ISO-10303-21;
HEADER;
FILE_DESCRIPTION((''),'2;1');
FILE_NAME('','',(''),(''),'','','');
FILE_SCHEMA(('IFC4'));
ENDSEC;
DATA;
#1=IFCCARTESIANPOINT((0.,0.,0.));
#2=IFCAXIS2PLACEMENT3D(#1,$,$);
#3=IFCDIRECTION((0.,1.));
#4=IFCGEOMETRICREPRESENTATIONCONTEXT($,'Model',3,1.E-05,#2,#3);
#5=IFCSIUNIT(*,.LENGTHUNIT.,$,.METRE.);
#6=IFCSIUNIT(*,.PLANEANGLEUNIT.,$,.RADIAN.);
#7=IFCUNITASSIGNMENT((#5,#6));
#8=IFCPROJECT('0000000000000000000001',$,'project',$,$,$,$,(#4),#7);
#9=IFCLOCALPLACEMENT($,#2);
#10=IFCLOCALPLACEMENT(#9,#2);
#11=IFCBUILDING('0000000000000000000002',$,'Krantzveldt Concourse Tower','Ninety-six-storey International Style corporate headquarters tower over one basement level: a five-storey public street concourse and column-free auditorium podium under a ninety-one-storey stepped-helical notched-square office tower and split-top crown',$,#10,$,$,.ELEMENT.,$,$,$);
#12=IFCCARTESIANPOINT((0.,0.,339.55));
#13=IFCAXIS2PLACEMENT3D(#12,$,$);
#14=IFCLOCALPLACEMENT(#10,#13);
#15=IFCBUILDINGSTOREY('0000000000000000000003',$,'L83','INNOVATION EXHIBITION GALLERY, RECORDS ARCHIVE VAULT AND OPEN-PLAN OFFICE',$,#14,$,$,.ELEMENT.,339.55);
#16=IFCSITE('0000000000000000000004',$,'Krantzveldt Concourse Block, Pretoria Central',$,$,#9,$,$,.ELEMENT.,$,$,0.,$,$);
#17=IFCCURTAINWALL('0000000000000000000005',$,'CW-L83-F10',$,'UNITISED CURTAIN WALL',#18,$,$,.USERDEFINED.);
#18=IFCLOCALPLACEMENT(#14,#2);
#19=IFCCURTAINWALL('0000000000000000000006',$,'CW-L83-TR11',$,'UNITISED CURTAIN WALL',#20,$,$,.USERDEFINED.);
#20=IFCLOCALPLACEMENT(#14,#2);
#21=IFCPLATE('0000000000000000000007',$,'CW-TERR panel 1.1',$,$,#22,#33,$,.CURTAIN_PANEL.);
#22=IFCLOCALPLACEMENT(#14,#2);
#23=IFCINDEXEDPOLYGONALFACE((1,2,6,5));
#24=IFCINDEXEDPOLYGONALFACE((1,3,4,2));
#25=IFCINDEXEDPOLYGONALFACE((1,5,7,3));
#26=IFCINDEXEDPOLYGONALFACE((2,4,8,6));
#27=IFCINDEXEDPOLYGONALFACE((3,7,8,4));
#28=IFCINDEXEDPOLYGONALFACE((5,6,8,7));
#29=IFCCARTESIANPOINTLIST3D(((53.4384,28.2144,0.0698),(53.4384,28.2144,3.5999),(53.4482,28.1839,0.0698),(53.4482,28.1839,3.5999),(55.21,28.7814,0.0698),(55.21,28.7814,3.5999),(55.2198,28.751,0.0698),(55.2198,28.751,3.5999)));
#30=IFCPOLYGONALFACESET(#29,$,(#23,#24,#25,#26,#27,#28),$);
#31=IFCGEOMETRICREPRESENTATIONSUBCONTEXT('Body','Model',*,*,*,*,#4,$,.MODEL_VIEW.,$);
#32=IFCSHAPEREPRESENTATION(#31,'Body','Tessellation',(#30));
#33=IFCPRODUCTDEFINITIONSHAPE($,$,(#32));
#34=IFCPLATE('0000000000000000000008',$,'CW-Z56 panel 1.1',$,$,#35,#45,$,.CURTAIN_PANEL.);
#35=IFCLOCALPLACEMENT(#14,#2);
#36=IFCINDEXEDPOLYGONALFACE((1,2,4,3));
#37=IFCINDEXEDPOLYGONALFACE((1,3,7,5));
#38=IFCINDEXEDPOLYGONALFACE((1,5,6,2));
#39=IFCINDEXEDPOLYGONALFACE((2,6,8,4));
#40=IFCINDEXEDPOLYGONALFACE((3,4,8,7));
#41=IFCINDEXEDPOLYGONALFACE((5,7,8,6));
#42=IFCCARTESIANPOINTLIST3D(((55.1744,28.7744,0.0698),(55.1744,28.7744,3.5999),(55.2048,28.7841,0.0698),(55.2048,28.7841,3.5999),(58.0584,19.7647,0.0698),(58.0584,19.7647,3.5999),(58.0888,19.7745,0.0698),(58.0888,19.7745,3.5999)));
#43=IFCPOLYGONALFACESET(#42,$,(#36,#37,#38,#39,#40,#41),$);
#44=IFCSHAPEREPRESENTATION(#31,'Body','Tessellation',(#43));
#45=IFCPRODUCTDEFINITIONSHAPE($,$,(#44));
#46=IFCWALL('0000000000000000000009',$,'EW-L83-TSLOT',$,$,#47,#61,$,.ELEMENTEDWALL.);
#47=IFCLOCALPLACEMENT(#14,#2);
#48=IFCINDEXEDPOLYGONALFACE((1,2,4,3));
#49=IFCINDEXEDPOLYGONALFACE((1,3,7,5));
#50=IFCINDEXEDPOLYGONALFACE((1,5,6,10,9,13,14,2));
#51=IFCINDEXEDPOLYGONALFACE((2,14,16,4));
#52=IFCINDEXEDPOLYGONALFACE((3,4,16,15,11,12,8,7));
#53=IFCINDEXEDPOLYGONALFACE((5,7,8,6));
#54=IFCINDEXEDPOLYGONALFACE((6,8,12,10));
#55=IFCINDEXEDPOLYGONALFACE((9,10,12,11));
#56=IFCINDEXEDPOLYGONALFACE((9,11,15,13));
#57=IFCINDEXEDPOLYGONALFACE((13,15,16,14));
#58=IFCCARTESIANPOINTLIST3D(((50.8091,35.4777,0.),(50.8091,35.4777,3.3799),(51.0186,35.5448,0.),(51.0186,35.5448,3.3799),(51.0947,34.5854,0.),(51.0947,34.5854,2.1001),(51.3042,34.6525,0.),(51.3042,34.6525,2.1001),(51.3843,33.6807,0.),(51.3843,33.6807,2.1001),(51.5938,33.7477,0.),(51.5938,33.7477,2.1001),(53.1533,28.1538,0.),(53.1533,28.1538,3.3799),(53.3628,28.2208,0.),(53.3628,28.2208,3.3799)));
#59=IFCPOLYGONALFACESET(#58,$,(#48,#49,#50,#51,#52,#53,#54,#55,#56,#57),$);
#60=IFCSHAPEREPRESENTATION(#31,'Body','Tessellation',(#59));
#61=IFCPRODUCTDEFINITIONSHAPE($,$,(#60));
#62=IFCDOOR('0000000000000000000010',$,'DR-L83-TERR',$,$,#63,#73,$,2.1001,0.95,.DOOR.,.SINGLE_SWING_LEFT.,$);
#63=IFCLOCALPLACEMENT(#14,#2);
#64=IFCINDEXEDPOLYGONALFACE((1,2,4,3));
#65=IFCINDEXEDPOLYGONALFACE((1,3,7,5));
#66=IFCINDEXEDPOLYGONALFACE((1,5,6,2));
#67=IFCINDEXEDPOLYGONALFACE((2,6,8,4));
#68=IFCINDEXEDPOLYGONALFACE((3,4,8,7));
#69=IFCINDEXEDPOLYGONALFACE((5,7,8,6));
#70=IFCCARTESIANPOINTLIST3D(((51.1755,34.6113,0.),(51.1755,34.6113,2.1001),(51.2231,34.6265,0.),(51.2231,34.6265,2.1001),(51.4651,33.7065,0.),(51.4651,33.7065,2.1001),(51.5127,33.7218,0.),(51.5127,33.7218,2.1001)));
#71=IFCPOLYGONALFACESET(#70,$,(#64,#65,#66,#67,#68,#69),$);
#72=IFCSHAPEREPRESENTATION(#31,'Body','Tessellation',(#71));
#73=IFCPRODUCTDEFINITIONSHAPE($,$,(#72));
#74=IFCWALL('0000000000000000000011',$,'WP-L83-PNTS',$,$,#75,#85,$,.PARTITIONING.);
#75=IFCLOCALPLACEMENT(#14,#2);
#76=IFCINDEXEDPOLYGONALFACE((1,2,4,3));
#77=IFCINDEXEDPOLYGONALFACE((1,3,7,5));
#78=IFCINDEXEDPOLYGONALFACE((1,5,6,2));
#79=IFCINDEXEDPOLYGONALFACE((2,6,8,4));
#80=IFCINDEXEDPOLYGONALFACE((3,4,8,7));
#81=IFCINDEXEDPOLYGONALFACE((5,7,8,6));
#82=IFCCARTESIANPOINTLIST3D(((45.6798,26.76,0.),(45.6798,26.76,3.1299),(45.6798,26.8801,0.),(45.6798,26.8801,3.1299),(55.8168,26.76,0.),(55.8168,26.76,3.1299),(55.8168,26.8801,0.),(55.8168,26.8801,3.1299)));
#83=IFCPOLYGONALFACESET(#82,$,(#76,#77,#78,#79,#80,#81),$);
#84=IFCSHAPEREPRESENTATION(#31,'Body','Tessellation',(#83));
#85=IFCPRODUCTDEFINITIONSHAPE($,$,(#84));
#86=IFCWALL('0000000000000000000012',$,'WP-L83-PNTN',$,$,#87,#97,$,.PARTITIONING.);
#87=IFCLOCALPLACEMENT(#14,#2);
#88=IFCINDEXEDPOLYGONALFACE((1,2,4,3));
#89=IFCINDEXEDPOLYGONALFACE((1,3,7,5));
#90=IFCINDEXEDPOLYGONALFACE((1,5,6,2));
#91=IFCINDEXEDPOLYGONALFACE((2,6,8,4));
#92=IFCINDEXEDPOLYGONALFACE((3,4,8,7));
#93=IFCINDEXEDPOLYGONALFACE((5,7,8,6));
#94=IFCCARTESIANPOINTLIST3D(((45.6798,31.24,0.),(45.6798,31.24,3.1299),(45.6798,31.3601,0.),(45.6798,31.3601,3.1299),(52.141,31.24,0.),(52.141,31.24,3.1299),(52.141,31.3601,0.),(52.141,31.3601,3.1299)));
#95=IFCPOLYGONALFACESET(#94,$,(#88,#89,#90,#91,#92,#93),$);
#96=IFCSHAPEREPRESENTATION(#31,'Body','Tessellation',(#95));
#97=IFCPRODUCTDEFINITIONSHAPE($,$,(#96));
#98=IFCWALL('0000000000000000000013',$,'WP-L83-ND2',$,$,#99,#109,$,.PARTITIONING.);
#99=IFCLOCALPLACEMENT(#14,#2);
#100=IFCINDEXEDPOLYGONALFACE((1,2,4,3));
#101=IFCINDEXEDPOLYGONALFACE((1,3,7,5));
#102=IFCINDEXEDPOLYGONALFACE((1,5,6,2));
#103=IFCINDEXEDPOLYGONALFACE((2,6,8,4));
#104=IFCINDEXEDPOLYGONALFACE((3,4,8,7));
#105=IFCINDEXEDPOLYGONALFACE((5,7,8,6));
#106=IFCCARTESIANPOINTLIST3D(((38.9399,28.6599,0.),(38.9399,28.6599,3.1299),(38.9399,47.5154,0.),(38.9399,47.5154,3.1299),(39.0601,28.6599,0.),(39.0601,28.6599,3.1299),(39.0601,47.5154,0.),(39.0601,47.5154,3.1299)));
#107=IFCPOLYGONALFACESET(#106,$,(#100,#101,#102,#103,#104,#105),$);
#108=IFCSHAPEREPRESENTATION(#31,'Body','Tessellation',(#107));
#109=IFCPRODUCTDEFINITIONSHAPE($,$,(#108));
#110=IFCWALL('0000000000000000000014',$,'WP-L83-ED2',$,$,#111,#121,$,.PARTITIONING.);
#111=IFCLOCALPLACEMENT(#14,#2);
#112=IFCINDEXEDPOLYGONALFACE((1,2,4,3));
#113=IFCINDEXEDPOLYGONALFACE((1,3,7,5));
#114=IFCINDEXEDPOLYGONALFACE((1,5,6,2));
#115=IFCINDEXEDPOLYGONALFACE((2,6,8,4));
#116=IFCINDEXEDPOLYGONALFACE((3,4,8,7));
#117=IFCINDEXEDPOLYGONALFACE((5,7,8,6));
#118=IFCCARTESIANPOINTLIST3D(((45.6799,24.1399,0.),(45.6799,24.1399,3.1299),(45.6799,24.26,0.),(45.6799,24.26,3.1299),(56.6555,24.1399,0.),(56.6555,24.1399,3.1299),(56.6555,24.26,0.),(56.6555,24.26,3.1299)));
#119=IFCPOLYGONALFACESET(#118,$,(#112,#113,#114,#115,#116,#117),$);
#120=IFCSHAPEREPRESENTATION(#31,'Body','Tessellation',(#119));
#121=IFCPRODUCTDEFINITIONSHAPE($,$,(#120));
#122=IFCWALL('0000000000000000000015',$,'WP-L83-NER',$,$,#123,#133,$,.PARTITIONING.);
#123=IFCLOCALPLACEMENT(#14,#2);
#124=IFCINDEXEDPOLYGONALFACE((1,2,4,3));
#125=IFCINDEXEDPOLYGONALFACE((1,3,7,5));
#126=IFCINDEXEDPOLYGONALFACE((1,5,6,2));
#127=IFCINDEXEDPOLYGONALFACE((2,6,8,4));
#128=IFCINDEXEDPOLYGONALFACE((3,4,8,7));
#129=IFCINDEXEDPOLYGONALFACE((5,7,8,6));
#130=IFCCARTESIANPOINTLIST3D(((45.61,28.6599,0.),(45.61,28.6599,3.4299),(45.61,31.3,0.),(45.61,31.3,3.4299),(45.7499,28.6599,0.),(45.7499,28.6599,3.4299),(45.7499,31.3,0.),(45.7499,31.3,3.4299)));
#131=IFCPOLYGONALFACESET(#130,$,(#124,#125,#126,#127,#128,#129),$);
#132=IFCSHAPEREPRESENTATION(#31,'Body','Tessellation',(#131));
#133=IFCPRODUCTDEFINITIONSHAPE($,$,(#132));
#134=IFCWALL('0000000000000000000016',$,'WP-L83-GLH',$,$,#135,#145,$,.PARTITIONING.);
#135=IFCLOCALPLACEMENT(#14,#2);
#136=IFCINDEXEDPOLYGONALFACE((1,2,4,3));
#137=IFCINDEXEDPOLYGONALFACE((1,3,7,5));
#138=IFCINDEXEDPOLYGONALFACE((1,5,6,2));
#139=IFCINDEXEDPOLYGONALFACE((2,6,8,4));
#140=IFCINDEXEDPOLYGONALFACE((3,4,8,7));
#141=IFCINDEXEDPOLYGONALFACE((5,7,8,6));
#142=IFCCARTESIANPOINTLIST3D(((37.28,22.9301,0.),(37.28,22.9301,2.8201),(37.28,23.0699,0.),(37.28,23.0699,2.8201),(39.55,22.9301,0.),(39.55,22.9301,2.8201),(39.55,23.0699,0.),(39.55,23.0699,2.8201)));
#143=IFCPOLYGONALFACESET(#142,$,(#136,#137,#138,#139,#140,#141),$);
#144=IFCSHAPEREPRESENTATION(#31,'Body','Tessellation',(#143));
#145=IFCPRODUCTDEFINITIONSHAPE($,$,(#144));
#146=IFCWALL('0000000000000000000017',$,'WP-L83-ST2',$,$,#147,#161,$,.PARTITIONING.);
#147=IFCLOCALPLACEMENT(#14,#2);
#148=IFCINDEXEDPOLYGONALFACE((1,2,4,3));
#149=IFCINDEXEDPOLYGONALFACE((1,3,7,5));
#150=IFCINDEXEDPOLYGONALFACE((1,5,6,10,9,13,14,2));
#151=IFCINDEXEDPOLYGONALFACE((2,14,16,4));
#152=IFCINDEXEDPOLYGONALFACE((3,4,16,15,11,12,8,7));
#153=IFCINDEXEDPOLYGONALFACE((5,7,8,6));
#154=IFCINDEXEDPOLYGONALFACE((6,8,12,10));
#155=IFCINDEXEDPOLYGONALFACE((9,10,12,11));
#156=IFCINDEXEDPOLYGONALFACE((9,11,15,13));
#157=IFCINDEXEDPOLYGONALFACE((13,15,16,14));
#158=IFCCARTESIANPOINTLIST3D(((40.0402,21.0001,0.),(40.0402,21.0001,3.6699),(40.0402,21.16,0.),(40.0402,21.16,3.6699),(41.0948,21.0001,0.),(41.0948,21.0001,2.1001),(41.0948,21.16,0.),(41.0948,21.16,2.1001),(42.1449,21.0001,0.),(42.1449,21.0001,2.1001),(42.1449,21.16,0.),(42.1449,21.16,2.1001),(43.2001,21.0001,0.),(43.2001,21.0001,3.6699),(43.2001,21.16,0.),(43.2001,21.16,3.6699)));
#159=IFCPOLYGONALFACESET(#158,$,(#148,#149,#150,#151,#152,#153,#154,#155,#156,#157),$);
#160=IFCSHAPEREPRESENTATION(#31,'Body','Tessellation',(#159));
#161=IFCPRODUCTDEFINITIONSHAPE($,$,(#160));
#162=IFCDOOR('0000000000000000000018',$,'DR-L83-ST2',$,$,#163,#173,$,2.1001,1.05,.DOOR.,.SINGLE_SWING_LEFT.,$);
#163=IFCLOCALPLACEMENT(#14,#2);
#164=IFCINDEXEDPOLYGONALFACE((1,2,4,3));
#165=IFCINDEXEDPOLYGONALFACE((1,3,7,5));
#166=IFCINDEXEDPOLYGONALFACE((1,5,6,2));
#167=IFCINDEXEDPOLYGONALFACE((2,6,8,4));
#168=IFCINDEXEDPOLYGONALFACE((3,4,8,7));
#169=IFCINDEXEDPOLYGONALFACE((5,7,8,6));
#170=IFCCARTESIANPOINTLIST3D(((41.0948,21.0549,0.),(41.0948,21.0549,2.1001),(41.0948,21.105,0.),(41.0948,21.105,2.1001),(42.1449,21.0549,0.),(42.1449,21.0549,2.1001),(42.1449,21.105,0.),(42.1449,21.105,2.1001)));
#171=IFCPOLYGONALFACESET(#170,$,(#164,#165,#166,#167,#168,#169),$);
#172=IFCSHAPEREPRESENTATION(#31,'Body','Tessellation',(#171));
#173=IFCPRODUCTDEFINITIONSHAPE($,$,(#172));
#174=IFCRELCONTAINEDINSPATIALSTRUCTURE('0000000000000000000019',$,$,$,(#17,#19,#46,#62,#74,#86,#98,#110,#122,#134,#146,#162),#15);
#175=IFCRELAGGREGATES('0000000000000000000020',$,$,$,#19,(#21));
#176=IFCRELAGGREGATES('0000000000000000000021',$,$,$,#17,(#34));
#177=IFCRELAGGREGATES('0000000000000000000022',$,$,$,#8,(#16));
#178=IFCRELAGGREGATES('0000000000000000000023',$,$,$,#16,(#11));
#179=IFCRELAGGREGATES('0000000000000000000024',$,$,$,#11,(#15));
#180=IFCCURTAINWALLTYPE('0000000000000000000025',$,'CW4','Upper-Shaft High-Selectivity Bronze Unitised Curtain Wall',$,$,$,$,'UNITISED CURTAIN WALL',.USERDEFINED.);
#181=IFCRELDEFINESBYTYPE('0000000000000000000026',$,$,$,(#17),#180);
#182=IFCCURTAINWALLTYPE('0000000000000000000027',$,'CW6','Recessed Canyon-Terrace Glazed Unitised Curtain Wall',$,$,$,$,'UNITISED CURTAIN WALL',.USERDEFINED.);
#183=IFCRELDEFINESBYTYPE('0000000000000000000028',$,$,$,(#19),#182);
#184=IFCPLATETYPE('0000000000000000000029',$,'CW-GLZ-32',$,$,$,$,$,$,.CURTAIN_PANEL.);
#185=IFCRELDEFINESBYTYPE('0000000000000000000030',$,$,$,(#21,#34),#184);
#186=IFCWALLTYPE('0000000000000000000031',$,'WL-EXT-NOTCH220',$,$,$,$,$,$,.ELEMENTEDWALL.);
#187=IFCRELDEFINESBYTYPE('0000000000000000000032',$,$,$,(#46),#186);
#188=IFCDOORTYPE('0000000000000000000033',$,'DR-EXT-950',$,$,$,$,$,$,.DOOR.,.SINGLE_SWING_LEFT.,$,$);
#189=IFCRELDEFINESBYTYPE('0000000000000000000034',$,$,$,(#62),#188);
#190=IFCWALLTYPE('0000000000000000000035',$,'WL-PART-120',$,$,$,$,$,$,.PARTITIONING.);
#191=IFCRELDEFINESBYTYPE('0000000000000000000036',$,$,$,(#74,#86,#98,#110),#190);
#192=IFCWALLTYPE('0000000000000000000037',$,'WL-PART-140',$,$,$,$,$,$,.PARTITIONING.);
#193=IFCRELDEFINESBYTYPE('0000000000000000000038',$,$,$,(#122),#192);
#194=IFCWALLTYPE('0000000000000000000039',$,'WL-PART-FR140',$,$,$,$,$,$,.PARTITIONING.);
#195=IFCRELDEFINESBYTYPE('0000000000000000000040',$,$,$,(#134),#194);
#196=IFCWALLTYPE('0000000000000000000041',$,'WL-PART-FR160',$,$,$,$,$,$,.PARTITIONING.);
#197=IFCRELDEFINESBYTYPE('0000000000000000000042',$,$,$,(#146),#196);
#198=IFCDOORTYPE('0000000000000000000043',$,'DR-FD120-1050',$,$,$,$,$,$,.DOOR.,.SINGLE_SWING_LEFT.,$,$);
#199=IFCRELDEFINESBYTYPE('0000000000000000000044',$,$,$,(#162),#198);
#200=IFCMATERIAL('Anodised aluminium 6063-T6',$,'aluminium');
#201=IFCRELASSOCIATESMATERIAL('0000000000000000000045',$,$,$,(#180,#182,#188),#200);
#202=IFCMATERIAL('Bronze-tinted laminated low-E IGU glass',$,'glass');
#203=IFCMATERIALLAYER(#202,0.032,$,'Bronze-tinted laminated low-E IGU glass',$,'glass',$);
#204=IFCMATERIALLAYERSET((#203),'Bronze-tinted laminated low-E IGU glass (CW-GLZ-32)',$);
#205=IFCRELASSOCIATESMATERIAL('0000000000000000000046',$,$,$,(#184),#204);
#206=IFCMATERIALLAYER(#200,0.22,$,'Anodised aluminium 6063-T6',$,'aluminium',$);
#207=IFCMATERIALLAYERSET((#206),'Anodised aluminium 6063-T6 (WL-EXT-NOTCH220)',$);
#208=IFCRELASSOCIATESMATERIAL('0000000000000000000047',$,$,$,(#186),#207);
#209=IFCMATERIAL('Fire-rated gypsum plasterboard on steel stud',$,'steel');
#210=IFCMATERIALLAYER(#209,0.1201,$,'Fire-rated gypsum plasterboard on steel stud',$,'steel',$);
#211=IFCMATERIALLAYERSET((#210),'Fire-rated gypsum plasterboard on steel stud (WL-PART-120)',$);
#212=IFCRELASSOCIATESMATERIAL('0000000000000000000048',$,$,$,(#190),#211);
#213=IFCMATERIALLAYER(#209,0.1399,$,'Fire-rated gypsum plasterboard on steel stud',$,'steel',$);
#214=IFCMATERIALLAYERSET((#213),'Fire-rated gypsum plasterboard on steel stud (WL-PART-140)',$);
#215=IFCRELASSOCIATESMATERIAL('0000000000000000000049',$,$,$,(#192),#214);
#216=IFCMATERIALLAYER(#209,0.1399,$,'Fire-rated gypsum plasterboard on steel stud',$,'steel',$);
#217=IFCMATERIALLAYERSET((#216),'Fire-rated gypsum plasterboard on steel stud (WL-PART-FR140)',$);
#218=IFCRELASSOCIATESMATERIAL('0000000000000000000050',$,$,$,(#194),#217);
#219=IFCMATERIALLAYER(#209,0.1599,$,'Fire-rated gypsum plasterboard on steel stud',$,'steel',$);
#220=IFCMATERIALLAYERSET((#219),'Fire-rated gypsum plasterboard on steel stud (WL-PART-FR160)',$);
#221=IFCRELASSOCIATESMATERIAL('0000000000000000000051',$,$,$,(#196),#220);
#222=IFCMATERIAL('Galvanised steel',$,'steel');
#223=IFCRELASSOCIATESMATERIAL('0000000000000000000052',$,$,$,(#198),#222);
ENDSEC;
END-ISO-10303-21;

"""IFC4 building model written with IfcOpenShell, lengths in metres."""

from ifc_helpers import new_model, si_unit, direction, frame, frame_2d, origin, origin_2d, place, context, subcontext, project, spatial, rectangle, extrude, source, transform, mapped, material, layer, layer_set, type_object, type_shapes, element, fill, aggregate, save


model = new_model("IFC4")

# Units and contexts
model_context = context("Model", 3, precision=1e-05, world=origin(), true_north=direction((0.0, 1.0)))
body_context = subcontext(model_context, "Body", "Model", "MODEL_VIEW")
ifc_project = project(units=[si_unit("LENGTHUNIT", "METRE"), si_unit("PLANEANGLEUNIT", "RADIAN")], contexts=[model_context])

# Site, building, storey
site_placement = place(None, origin())
site = spatial("IfcSite", under=ifc_project, at=site_placement, Name="Krantzveldt Concourse Block, Pretoria Central", CompositionType="ELEMENT", RefElevation=0.0)
building_placement = place(site_placement, origin())
building = spatial("IfcBuilding", under=site, at=building_placement, Name="Krantzveldt Concourse Tower", Description="Ninety-six-storey International Style corporate headquarters tower over one basement level: a five-storey public street concourse and column-free auditorium podium under a ninety-one-storey stepped-helical notched-square office tower and split-top crown", CompositionType="ELEMENT")
storey_placement = place(building_placement, frame((0.0, 0.0, 339.55)))
storey = spatial("IfcBuildingStorey", under=building, at=storey_placement, Name="L83", Description="INNOVATION EXHIBITION GALLERY, RECORDS ARCHIVE VAULT AND OPEN-PLAN OFFICE", CompositionType="ELEMENT", Elevation=339.55)

# Curtain wall
ifc_material_1 = material(Name="Anodised aluminium 6063-T6", Category="aluminium")
curtain_wall_type_1 = type_object("IfcCurtainWallType", Name="CW4", Description="Upper-Shaft High-Selectivity Bronze Unitised Curtain Wall", ElementType="UNITISED CURTAIN WALL", PredefinedType="USERDEFINED", material=ifc_material_1)
curtain_wall_1_placement = place(storey_placement, origin())
curtain_wall_1 = element("IfcCurtainWall", 1, at=curtain_wall_1_placement, inside=storey, type_object=curtain_wall_type_1, Name="CW-L83-F10", ObjectType="UNITISED CURTAIN WALL", PredefinedType="USERDEFINED")

# Curtain wall
curtain_wall_type_2 = type_object("IfcCurtainWallType", Name="CW6", Description="Recessed Canyon-Terrace Glazed Unitised Curtain Wall", ElementType="UNITISED CURTAIN WALL", PredefinedType="USERDEFINED", material=ifc_material_1)
curtain_wall_2_placement = place(storey_placement, origin())
curtain_wall_2 = element("IfcCurtainWall", 2, at=curtain_wall_2_placement, inside=storey, type_object=curtain_wall_type_2, Name="CW-L83-TR11", ObjectType="UNITISED CURTAIN WALL", PredefinedType="USERDEFINED")

# Plates
ifc_material_2 = material(Name="Bronze-tinted laminated low-E IGU glass", Category="glass")
ifc_layer_1 = layer(ifc_material_2, 0.032, Name="Bronze-tinted laminated low-E IGU glass", Category="glass")
ifc_layer_set_1 = layer_set([ifc_layer_1], Name="Bronze-tinted laminated low-E IGU glass (CW-GLZ-32)")
plate_type = type_object("IfcPlateType", Name="CW-GLZ-32", PredefinedType="CURTAIN_PANEL", material=ifc_layer_set_1)
shared_shape_1 = source(origin(), body_context, "Body", "SweptSolid", [
    extrude(rectangle(XDim=1.8601, YDim=0.032, at=origin_2d()), origin(), (0.0, 0.0, 1.0), 3.53),
])
plate_1_placement = place(storey_placement, frame((54.3291, 28.4827, 0.0698), z_axis=(0.0, 0.0, 1.0), x_axis=(-0.952396, -0.304865, 0.0)))
plate_1 = element("IfcPlate", 3, at=plate_1_placement, type_object=plate_type, Name="CW-TERR panel 1.1", PredefinedType="CURTAIN_PANEL", context=body_context, shape_type="MappedRepresentation", body=[
    mapped(shared_shape_1, transform((0.0, 0.0, 0.0), x_axis=(1.0, 0.0, 0.0), y_axis=(0.0, 1.0, 0.0), z_axis=(0.0, 0.0, 1.0), scale=1.0)),
])
aggregate(curtain_wall_2, [plate_1])
shared_shape_2 = source(origin(), body_context, "Body", "SweptSolid", [
    extrude(rectangle(XDim=9.46, YDim=0.032, at=origin_2d()), origin(), (0.0, 0.0, 1.0), 3.53),
])
type_shapes(plate_type, [shared_shape_1, shared_shape_2])
plate_2_placement = place(storey_placement, frame((56.6316, 24.2744, 0.0698), z_axis=(0.0, 0.0, 1.0), x_axis=(-0.304865, 0.952396, 0.0)))
plate_2 = element("IfcPlate", 4, at=plate_2_placement, type_object=plate_type, Name="CW-Z56 panel 1.1", PredefinedType="CURTAIN_PANEL", context=body_context, shape_type="MappedRepresentation", body=[
    mapped(shared_shape_2, transform((0.0, 0.0, 0.0), x_axis=(1.0, 0.0, 0.0), y_axis=(0.0, 1.0, 0.0), z_axis=(0.0, 0.0, 1.0), scale=1.0)),
])
aggregate(curtain_wall_1, [plate_2])

# Wall, opening, door
ifc_layer_2 = layer(ifc_material_1, 0.22, Name="Anodised aluminium 6063-T6", Category="aluminium")
ifc_layer_set_2 = layer_set([ifc_layer_2], Name="Anodised aluminium 6063-T6 (WL-EXT-NOTCH220)")
wall_type_1 = type_object("IfcWallType", Name="WL-EXT-NOTCH220", PredefinedType="ELEMENTEDWALL", material=ifc_layer_set_2)
wall_1_placement = place(storey_placement, frame((50.9138, 35.5112, 0.0), z_axis=(0.0, 0.0, 1.0), x_axis=(0.304843, -0.952403, 0.0)))
wall_1 = element("IfcWall", 5, at=wall_1_placement, inside=storey, type_object=wall_type_1, Name="EW-L83-TSLOT", PredefinedType="ELEMENTEDWALL", context=body_context, shape_type="SweptSolid", body=[
    extrude(rectangle(XDim=7.6899, YDim=0.22, at=frame_2d((3.845, 0.0))), origin(), (0.0, 0.0, 1.0), 3.3799),
])
opening_1_placement = place(wall_1_placement, frame((0.9368, 0.0, 0.0)))
opening_1 = element("IfcOpeningElement", 6, at=opening_1_placement, cuts=wall_1, PredefinedType="OPENING", context=body_context, shape_type="SweptSolid", body=[
    extrude(rectangle(XDim=0.95, YDim=2.1001, at=frame_2d((0.4751, 1.05))), frame((0.0, 0.1201, 0.0), z_axis=(0.0, -1.0, 0.0), x_axis=(1.0, 0.0, 0.0)), (0.0, 0.0, 1.0), 0.24),
])
door_type_1 = type_object("IfcDoorType", Name="DR-EXT-950", OperationType="SINGLE_SWING_LEFT", PredefinedType="DOOR", material=ifc_material_1)
door_1_placement = place(opening_1_placement, origin())
door_1 = element("IfcDoor", 7, at=door_1_placement, inside=storey, type_object=door_type_1, Name="DR-L83-TERR", OperationType="SINGLE_SWING_LEFT", OverallHeight=2.1001, OverallWidth=0.95, PredefinedType="DOOR", context=body_context, shape_type="SweptSolid", body=[
    extrude(rectangle(XDim=0.95, YDim=2.1001, at=frame_2d((0.4751, 1.05))), frame((0.0, 0.0249, 0.0), z_axis=(0.0, -1.0, 0.0), x_axis=(1.0, 0.0, 0.0)), (0.0, 0.0, 1.0), 0.05),
])
fill(opening_1, door_1)

# Walls
ifc_material_3 = material(Name="Fire-rated gypsum plasterboard on steel stud", Category="steel")
ifc_layer_3 = layer(ifc_material_3, 0.1201, Name="Fire-rated gypsum plasterboard on steel stud", Category="steel")
ifc_layer_set_3 = layer_set([ifc_layer_3], Name="Fire-rated gypsum plasterboard on steel stud (WL-PART-120)")
wall_type_2 = type_object("IfcWallType", Name="WL-PART-120", PredefinedType="PARTITIONING", material=ifc_layer_set_3)
wall_2_placement = place(storey_placement, frame((45.6799, 26.8201, 0.0), z_axis=(0.0, 0.0, 1.0), x_axis=(1.0, 0.0, 0.0)))
element("IfcWall", 8, at=wall_2_placement, inside=storey, type_object=wall_type_2, Name="WP-L83-PNTS", PredefinedType="PARTITIONING", context=body_context, shape_type="SweptSolid", body=[
    extrude(rectangle(XDim=10.137, YDim=0.1201, at=frame_2d((5.0684, 0.0))), origin(), (0.0, 0.0, 1.0), 3.1299),
])
wall_3_placement = place(storey_placement, frame((45.6799, 31.3, 0.0), z_axis=(0.0, 0.0, 1.0), x_axis=(1.0, 0.0, 0.0)))
element("IfcWall", 9, at=wall_3_placement, inside=storey, type_object=wall_type_2, Name="WP-L83-PNTN", PredefinedType="PARTITIONING", context=body_context, shape_type="SweptSolid", body=[
    extrude(rectangle(XDim=6.4612, YDim=0.1201, at=frame_2d((3.2305, 0.0))), origin(), (0.0, 0.0, 1.0), 3.1299),
])
wall_4_placement = place(storey_placement, frame((39.0, 28.6599, 0.0), z_axis=(0.0, 0.0, 1.0), x_axis=(0.0, 1.0, 0.0)))
element("IfcWall", 10, at=wall_4_placement, inside=storey, type_object=wall_type_2, Name="WP-L83-ND2", PredefinedType="PARTITIONING", context=body_context, shape_type="SweptSolid", body=[
    extrude(rectangle(XDim=18.8555, YDim=0.1201, at=frame_2d((9.4277, 0.0))), origin(), (0.0, 0.0, 1.0), 3.1299),
])
wall_5_placement = place(storey_placement, frame((45.6799, 24.2, 0.0), z_axis=(0.0, 0.0, 1.0), x_axis=(1.0, 0.0, 0.0)))
element("IfcWall", 11, at=wall_5_placement, inside=storey, type_object=wall_type_2, Name="WP-L83-ED2", PredefinedType="PARTITIONING", context=body_context, shape_type="SweptSolid", body=[
    extrude(rectangle(XDim=10.9756, YDim=0.1201, at=frame_2d((5.4878, 0.0))), origin(), (0.0, 0.0, 1.0), 3.1299),
])
ifc_layer_4 = layer(ifc_material_3, 0.1399, Name="Fire-rated gypsum plasterboard on steel stud", Category="steel")
ifc_layer_set_4 = layer_set([ifc_layer_4], Name="Fire-rated gypsum plasterboard on steel stud (WL-PART-140)")
wall_type_3 = type_object("IfcWallType", Name="WL-PART-140", PredefinedType="PARTITIONING", material=ifc_layer_set_4)
wall_6_placement = place(storey_placement, frame((45.6799, 28.6599, 0.0), z_axis=(0.0, 0.0, 1.0), x_axis=(0.0, 1.0, 0.0)))
element("IfcWall", 12, at=wall_6_placement, inside=storey, type_object=wall_type_3, Name="WP-L83-NER", PredefinedType="PARTITIONING", context=body_context, shape_type="SweptSolid", body=[
    extrude(rectangle(XDim=2.6401, YDim=0.1399, at=frame_2d((1.3201, 0.0))), origin(), (0.0, 0.0, 1.0), 3.4299),
])
ifc_layer_5 = layer(ifc_material_3, 0.1399, Name="Fire-rated gypsum plasterboard on steel stud", Category="steel")
ifc_layer_set_5 = layer_set([ifc_layer_5], Name="Fire-rated gypsum plasterboard on steel stud (WL-PART-FR140)")
wall_type_4 = type_object("IfcWallType", Name="WL-PART-FR140", PredefinedType="PARTITIONING", material=ifc_layer_set_5)
wall_7_placement = place(storey_placement, frame((37.28, 23.0, 0.0), z_axis=(0.0, 0.0, 1.0), x_axis=(1.0, 0.0, 0.0)))
element("IfcWall", 13, at=wall_7_placement, inside=storey, type_object=wall_type_4, Name="WP-L83-GLH", PredefinedType="PARTITIONING", context=body_context, shape_type="SweptSolid", body=[
    extrude(rectangle(XDim=2.27, YDim=0.1399, at=frame_2d((1.135, 0.0))), origin(), (0.0, 0.0, 1.0), 2.8201),
])

# Wall, opening, door
ifc_layer_6 = layer(ifc_material_3, 0.1599, Name="Fire-rated gypsum plasterboard on steel stud", Category="steel")
ifc_layer_set_6 = layer_set([ifc_layer_6], Name="Fire-rated gypsum plasterboard on steel stud (WL-PART-FR160)")
wall_type_5 = type_object("IfcWallType", Name="WL-PART-FR160", PredefinedType="PARTITIONING", material=ifc_layer_set_6)
wall_8_placement = place(storey_placement, frame((40.04, 21.0801, 0.0), z_axis=(0.0, 0.0, 1.0), x_axis=(1.0, 0.0, 0.0)))
wall_8 = element("IfcWall", 14, at=wall_8_placement, inside=storey, type_object=wall_type_5, Name="WP-L83-ST2", PredefinedType="PARTITIONING", context=body_context, shape_type="SweptSolid", body=[
    extrude(rectangle(XDim=3.1599, YDim=0.1599, at=frame_2d((1.5801, 0.0))), origin(), (0.0, 0.0, 1.0), 3.6699),
])
opening_2_placement = place(wall_8_placement, frame((1.0549, 0.0, 0.0)))
opening_2 = element("IfcOpeningElement", 15, at=opening_2_placement, cuts=wall_8, PredefinedType="OPENING", context=body_context, shape_type="SweptSolid", body=[
    extrude(rectangle(XDim=1.05, YDim=2.1001, at=frame_2d((0.5249, 1.05))), frame((0.0, 0.0898, 0.0), z_axis=(0.0, -1.0, 0.0), x_axis=(1.0, 0.0, 0.0)), (0.0, 0.0, 1.0), 0.1799),
])
ifc_material_4 = material(Name="Galvanised steel", Category="steel")
door_type_2 = type_object("IfcDoorType", Name="DR-FD120-1050", OperationType="SINGLE_SWING_LEFT", PredefinedType="DOOR", material=ifc_material_4)
door_2_placement = place(opening_2_placement, origin())
door_2 = element("IfcDoor", 16, at=door_2_placement, inside=storey, type_object=door_type_2, Name="DR-L83-ST2", OperationType="SINGLE_SWING_LEFT", OverallHeight=2.1001, OverallWidth=1.05, PredefinedType="DOOR", context=body_context, shape_type="SweptSolid", body=[
    extrude(rectangle(XDim=1.05, YDim=2.1001, at=frame_2d((0.5249, 1.05))), frame((0.0, 0.0249, 0.0), z_axis=(0.0, -1.0, 0.0), x_axis=(1.0, 0.0, 0.0)), (0.0, 0.0, 1.0), 0.05),
])
fill(opening_2, door_2)

save(model, "model.ifc")
